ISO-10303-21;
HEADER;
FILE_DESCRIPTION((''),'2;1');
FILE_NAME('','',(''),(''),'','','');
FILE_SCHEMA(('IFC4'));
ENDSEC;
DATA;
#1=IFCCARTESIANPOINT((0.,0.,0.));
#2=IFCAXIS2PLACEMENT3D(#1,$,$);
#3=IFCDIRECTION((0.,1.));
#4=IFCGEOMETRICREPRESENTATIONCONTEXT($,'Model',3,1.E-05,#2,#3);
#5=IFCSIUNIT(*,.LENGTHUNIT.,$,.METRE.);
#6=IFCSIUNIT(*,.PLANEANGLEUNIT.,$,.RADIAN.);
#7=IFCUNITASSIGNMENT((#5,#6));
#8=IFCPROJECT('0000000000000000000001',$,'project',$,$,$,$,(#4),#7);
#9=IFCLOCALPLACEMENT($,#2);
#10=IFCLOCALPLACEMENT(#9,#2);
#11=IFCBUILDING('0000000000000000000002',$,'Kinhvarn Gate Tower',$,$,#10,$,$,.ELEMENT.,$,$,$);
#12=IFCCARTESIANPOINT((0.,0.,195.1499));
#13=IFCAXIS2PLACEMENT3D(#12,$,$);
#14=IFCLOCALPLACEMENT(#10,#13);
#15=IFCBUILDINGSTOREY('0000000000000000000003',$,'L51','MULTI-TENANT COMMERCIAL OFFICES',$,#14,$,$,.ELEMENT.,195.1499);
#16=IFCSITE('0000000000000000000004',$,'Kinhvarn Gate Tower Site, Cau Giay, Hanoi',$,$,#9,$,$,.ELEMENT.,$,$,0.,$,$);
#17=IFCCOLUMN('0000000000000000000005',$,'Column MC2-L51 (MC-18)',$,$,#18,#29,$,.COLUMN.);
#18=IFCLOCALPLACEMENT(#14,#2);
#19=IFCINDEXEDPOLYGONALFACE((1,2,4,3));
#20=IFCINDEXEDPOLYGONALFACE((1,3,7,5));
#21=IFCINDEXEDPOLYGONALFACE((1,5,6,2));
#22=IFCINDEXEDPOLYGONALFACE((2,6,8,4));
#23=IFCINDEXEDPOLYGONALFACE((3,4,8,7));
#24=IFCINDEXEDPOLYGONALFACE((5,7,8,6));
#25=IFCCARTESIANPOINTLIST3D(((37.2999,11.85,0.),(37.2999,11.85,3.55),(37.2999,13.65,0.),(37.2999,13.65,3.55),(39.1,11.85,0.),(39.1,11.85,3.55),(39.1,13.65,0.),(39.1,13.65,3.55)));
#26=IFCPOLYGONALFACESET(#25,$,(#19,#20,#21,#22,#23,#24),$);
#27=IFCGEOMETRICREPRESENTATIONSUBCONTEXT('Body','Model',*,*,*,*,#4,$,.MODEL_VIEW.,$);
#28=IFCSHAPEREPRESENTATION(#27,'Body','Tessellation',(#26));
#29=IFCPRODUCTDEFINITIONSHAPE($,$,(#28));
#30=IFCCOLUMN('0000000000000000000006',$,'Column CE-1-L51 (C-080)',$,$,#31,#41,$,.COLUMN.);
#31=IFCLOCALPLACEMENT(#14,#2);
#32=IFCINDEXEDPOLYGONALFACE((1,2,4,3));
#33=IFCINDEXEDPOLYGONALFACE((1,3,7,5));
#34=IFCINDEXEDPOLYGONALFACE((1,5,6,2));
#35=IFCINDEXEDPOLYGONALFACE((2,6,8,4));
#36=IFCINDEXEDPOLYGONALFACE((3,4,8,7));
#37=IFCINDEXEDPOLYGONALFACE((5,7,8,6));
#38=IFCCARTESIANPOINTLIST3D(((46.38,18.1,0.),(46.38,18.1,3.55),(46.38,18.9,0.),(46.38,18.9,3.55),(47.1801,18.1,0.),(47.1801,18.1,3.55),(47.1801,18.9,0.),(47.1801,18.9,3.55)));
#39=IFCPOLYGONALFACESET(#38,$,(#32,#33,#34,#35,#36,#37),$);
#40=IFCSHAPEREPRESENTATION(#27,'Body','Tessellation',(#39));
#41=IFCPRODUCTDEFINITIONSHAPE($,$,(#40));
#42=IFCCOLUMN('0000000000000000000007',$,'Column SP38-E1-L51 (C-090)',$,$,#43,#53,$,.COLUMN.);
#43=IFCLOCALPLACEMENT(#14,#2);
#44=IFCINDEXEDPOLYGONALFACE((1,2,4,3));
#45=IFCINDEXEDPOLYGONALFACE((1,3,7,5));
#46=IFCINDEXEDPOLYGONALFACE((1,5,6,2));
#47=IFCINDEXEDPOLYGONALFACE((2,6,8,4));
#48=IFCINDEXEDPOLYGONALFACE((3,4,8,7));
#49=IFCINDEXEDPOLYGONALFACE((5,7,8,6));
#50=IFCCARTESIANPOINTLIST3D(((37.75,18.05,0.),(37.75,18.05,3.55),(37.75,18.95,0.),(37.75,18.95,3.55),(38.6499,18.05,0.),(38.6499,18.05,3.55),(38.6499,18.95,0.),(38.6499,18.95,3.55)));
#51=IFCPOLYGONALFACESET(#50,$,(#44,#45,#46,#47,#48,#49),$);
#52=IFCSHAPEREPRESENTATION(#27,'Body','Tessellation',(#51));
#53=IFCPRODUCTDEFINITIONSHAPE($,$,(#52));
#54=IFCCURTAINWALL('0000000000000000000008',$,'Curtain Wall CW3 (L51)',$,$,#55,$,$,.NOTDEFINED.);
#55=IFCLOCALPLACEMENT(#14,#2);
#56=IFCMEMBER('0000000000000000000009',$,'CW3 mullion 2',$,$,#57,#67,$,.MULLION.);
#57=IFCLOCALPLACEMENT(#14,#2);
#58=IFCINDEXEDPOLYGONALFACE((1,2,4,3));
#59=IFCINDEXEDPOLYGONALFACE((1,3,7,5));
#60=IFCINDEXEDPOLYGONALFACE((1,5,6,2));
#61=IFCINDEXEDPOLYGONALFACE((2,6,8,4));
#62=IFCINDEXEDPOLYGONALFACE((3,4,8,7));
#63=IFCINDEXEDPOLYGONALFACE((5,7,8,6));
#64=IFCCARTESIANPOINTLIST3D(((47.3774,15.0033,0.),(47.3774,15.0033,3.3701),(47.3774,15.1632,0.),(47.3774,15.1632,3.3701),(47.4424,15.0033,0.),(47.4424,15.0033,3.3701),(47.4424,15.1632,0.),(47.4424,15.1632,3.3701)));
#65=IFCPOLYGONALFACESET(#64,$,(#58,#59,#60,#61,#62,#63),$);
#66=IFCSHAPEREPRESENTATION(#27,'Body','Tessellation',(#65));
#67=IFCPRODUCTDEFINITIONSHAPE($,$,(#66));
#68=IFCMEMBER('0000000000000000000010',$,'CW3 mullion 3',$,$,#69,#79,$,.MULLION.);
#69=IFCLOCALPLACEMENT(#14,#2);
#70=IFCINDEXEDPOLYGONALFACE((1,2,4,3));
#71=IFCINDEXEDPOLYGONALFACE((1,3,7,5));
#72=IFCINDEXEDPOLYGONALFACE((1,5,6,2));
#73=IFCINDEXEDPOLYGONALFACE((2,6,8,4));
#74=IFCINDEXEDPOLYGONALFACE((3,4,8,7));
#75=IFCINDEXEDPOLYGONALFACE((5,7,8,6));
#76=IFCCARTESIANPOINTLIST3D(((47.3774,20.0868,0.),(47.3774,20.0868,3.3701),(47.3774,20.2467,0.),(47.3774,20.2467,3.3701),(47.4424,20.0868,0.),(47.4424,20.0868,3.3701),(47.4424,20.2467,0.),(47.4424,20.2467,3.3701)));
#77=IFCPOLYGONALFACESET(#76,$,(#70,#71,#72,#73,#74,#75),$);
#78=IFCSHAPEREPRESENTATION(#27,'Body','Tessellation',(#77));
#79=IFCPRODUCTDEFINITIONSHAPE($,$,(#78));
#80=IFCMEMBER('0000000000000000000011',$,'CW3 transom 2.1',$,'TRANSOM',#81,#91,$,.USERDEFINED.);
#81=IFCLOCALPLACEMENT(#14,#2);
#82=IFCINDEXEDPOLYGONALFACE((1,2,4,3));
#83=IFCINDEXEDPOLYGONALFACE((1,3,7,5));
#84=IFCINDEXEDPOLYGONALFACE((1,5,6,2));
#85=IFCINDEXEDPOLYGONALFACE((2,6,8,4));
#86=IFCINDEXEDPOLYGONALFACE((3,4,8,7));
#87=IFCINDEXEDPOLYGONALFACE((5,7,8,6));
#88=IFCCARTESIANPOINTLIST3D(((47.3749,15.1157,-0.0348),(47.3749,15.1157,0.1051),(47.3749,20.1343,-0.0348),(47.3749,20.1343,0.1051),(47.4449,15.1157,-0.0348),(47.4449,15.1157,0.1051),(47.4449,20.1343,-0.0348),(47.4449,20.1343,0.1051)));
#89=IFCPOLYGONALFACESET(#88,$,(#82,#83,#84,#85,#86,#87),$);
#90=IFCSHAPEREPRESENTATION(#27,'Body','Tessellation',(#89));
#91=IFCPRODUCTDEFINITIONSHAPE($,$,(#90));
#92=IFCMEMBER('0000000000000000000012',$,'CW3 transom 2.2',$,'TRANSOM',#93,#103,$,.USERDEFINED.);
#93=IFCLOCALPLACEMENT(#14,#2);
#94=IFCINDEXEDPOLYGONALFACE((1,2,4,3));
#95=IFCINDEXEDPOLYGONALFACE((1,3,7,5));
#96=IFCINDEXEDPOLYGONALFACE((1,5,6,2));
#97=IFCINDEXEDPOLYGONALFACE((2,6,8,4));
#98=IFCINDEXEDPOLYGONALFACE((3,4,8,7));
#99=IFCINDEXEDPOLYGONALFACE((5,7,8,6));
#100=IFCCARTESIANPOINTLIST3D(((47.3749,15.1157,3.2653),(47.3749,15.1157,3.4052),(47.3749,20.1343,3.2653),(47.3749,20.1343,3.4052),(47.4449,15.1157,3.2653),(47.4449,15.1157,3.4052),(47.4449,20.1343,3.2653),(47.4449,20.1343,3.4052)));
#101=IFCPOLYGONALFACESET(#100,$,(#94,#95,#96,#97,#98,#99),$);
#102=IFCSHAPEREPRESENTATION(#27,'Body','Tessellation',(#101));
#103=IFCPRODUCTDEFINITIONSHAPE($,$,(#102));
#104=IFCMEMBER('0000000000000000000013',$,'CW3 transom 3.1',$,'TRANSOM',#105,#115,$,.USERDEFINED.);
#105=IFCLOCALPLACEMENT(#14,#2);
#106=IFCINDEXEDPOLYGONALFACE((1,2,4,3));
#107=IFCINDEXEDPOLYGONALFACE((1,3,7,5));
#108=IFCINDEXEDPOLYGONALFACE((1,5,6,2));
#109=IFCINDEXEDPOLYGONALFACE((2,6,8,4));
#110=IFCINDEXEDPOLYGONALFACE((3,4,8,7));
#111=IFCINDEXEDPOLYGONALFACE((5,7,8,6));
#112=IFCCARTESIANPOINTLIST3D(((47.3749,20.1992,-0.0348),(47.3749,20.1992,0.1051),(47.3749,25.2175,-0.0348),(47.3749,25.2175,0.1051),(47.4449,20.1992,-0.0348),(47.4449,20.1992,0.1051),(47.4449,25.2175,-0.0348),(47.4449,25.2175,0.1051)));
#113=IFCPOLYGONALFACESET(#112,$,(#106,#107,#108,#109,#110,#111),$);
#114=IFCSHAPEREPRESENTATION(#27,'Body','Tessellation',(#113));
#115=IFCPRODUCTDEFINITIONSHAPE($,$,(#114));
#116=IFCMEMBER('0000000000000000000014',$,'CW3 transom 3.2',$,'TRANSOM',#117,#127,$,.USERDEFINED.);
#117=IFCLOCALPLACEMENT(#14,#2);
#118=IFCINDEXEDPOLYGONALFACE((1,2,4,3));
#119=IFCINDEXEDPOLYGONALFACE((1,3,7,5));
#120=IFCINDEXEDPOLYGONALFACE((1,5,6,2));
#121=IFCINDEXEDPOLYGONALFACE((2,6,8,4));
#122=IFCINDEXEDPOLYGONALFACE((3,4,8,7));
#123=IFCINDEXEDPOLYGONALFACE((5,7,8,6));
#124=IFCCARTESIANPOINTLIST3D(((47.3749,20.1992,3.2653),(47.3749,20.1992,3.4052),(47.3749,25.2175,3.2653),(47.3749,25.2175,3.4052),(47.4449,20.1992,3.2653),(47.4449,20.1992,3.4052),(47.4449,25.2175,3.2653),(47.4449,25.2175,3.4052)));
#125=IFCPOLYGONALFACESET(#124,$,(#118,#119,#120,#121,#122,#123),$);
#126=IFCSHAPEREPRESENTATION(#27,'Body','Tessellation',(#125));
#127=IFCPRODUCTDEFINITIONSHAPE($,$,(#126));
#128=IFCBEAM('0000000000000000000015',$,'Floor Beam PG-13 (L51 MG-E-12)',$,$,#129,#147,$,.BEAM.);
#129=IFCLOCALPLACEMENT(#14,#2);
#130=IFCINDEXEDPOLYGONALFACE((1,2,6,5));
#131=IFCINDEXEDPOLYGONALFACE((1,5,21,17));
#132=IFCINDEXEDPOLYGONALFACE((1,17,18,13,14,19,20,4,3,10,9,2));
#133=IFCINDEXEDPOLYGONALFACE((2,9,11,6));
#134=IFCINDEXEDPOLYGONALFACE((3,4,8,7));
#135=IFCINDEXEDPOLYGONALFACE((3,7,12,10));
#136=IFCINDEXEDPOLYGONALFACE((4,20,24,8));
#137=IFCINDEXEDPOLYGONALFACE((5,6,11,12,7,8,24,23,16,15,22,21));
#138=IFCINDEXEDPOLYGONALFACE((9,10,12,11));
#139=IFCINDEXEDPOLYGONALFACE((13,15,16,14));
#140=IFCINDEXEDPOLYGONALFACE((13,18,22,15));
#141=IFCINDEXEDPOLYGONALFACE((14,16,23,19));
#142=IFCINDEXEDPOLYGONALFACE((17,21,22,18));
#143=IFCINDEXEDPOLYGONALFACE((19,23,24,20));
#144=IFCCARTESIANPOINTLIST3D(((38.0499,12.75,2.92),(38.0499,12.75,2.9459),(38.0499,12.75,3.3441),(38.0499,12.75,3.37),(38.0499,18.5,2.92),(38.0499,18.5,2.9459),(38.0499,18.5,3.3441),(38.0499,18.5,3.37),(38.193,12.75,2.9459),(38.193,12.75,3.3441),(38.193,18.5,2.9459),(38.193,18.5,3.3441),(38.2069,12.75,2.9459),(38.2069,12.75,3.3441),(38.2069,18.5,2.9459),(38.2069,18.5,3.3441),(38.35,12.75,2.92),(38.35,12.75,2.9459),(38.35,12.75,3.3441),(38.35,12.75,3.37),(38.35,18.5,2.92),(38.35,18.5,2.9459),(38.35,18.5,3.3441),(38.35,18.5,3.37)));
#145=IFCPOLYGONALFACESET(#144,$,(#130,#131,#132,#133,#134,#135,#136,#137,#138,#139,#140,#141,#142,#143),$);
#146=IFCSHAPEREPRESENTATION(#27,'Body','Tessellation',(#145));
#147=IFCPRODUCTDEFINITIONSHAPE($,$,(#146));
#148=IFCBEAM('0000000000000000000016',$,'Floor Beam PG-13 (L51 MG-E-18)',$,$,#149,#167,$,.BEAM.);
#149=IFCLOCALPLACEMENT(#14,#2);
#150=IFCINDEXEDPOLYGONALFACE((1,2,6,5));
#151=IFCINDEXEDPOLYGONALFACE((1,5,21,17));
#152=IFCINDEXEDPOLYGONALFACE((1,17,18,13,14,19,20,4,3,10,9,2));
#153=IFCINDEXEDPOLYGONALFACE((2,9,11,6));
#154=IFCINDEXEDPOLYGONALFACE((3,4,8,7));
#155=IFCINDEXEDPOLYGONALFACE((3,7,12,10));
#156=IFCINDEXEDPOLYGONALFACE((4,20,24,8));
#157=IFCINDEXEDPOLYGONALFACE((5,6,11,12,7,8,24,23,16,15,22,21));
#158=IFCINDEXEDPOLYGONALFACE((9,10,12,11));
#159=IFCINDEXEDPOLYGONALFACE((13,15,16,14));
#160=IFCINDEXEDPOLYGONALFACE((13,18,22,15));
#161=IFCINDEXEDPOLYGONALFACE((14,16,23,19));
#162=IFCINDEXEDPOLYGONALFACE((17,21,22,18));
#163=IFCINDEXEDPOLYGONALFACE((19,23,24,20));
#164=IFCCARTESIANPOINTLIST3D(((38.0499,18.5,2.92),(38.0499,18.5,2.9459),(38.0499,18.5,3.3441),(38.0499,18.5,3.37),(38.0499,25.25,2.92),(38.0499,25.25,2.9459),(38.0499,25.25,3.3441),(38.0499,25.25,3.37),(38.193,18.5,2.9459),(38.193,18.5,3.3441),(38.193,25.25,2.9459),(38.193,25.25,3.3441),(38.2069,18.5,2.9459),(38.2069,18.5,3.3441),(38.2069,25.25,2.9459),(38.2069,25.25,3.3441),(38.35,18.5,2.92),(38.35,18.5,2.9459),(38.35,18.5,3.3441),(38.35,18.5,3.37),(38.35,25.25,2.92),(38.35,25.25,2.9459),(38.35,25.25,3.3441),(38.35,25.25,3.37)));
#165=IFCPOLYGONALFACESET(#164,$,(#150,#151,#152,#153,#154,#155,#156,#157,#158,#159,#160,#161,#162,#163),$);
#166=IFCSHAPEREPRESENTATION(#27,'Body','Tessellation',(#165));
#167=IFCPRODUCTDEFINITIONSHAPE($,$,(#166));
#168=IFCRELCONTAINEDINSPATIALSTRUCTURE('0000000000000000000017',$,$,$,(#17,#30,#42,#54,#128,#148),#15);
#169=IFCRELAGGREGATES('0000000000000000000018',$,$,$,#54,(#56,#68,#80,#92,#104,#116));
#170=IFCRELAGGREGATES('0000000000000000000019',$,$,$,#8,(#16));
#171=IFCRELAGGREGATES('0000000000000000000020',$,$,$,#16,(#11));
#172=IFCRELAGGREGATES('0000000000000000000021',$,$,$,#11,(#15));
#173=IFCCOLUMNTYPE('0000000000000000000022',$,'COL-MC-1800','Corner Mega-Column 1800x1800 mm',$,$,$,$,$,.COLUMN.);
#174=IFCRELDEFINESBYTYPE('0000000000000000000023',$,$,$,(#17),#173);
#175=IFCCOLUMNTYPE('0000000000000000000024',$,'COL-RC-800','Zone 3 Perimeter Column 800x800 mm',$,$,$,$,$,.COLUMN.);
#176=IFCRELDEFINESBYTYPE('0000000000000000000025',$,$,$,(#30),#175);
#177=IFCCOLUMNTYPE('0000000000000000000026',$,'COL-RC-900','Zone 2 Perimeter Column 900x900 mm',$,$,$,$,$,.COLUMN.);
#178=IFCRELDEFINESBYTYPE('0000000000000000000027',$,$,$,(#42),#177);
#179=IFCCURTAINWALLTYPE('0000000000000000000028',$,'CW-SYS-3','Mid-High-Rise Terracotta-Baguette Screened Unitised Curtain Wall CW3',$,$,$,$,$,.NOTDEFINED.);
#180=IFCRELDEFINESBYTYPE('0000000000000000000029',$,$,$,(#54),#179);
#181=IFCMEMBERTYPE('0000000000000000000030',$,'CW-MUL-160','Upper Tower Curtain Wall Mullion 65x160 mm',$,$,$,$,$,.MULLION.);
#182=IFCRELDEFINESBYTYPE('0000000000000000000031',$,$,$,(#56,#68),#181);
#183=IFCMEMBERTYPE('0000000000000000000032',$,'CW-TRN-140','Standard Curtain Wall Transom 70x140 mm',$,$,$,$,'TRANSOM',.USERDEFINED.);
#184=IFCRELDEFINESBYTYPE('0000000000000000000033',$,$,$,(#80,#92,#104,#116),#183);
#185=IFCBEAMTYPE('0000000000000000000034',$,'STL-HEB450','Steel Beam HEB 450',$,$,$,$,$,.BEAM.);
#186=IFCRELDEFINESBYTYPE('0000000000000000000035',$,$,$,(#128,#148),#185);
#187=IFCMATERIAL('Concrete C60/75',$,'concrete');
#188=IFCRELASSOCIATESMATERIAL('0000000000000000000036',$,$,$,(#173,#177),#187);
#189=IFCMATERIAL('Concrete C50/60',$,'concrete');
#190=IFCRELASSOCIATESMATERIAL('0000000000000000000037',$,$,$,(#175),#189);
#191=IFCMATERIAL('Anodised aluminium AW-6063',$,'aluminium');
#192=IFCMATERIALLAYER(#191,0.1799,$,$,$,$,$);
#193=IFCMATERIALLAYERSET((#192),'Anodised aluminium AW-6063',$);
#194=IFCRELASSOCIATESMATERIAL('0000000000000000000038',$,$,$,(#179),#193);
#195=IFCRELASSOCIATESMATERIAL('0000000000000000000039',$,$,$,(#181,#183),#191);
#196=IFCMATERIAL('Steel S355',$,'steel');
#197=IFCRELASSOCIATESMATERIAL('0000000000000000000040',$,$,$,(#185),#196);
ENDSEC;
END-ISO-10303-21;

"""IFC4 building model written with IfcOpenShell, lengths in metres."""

from ifc_helpers import new_model, si_unit, direction, frame, origin, origin_2d, place, context, subcontext, project, spatial, rectangle, i_section, extrude, material, layer, layer_set, material_profile, profile_set, type_object, element, aggregate, save


model = new_model("IFC4")

# Units and contexts
model_context = context("Model", 3, precision=1e-05, world=origin(), true_north=direction((0.0, 1.0)))
body_context = subcontext(model_context, "Body", "Model", "MODEL_VIEW")
ifc_project = project(units=[si_unit("LENGTHUNIT", "METRE"), si_unit("PLANEANGLEUNIT", "RADIAN")], contexts=[model_context])

# Site, building, storey
site_placement = place(None, origin())
site = spatial("IfcSite", under=ifc_project, at=site_placement, Name="Kinhvarn Gate Tower Site, Cau Giay, Hanoi", CompositionType="ELEMENT", RefElevation=0.0)
building_placement = place(site_placement, origin())
building = spatial("IfcBuilding", under=site, at=building_placement, Name="Kinhvarn Gate Tower", CompositionType="ELEMENT")
storey_placement = place(building_placement, frame((0.0, 0.0, 195.1499)))
storey = spatial("IfcBuildingStorey", under=building, at=storey_placement, Name="L51", Description="MULTI-TENANT COMMERCIAL OFFICES", CompositionType="ELEMENT", Elevation=195.1499)

# Columns
ifc_material_1 = material(Name="Concrete C60/75", Category="concrete")
ifc_material_profile_1 = material_profile(ifc_material_1, rectangle(XDim=1.8, YDim=1.8, at=origin_2d()), Name="RC 1800x1800")
ifc_profile_set_1 = profile_set([ifc_material_profile_1], Name="Concrete C60/75")
column_type_1 = type_object("IfcColumnType", Name="COL-MC-1800", Description="Corner Mega-Column 1800x1800 mm", PredefinedType="COLUMN", material=ifc_profile_set_1)
column_1_placement = place(storey_placement, frame((38.2, 12.75, 0.0), z_axis=(0.0, 0.0, 1.0), x_axis=(1.0, 0.0, 0.0)))
element("IfcColumn", 1, at=column_1_placement, inside=storey, type_object=column_type_1, Name="Column MC2-L51 (MC-18)", PredefinedType="COLUMN", context=body_context, shape_type="SweptSolid", body=[
    extrude(rectangle(XDim=1.8, YDim=1.8, at=origin_2d()), origin(), (0.0, 0.0, 1.0), 3.55),
])
ifc_material_2 = material(Name="Concrete C50/60", Category="concrete")
ifc_material_profile_2 = material_profile(ifc_material_2, rectangle(XDim=0.8, YDim=0.8, at=origin_2d()), Name="RC 800x800")
ifc_profile_set_2 = profile_set([ifc_material_profile_2], Name="Concrete C50/60")
column_type_2 = type_object("IfcColumnType", Name="COL-RC-800", Description="Zone 3 Perimeter Column 800x800 mm", PredefinedType="COLUMN", material=ifc_profile_set_2)
column_2_placement = place(storey_placement, frame((46.78, 18.5, 0.0), z_axis=(0.0, 0.0, 1.0), x_axis=(1.0, 0.0, 0.0)))
element("IfcColumn", 2, at=column_2_placement, inside=storey, type_object=column_type_2, Name="Column CE-1-L51 (C-080)", PredefinedType="COLUMN", context=body_context, shape_type="SweptSolid", body=[
    extrude(rectangle(XDim=0.8, YDim=0.8, at=origin_2d()), origin(), (0.0, 0.0, 1.0), 3.55),
])
ifc_material_profile_3 = material_profile(ifc_material_1, rectangle(XDim=0.8999, YDim=0.8999, at=origin_2d()), Name="RC 900x900")
ifc_profile_set_3 = profile_set([ifc_material_profile_3], Name="Concrete C60/75")
column_type_3 = type_object("IfcColumnType", Name="COL-RC-900", Description="Zone 2 Perimeter Column 900x900 mm", PredefinedType="COLUMN", material=ifc_profile_set_3)
column_3_placement = place(storey_placement, frame((38.2, 18.5, 0.0), z_axis=(0.0, 0.0, 1.0), x_axis=(1.0, 0.0, 0.0)))
element("IfcColumn", 3, at=column_3_placement, inside=storey, type_object=column_type_3, Name="Column SP38-E1-L51 (C-090)", PredefinedType="COLUMN", context=body_context, shape_type="SweptSolid", body=[
    extrude(rectangle(XDim=0.8999, YDim=0.8999, at=origin_2d()), origin(), (0.0, 0.0, 1.0), 3.55),
])

# Curtain wall, members
ifc_material_3 = material(Name="Anodised aluminium AW-6063", Category="aluminium")
ifc_layer_1 = layer(ifc_material_3, 0.1799)
ifc_layer_set_1 = layer_set([ifc_layer_1], Name="Anodised aluminium AW-6063")
curtain_wall_type = type_object("IfcCurtainWallType", Name="CW-SYS-3", Description="Mid-High-Rise Terracotta-Baguette Screened Unitised Curtain Wall CW3", PredefinedType="NOTDEFINED", material=ifc_layer_set_1)
curtain_wall_placement = place(storey_placement, origin())
curtain_wall = element("IfcCurtainWall", 4, at=curtain_wall_placement, inside=storey, type_object=curtain_wall_type, Name="Curtain Wall CW3 (L51)", PredefinedType="NOTDEFINED")
ifc_material_profile_4 = material_profile(ifc_material_3, rectangle(XDim=0.0649, YDim=0.1599, at=origin_2d()), Name="ALU 65x160")
ifc_profile_set_4 = profile_set([ifc_material_profile_4], Name="Anodised aluminium AW-6063")
member_type_1 = type_object("IfcMemberType", Name="CW-MUL-160", Description="Upper Tower Curtain Wall Mullion 65x160 mm", PredefinedType="MULLION", material=ifc_profile_set_4)
member_1_placement = place(storey_placement, frame((47.4099, 15.0833, 0.0), z_axis=(0.0, 0.0, 1.0), x_axis=(-1.0, 0.0, 0.0)))
member_1 = element("IfcMember", 5, at=member_1_placement, type_object=member_type_1, Name="CW3 mullion 2", PredefinedType="MULLION", context=body_context, shape_type="SweptSolid", body=[
    extrude(rectangle(XDim=0.0649, YDim=0.1599, at=origin_2d()), origin(), (0.0, 0.0, 1.0), 3.3701),
])
member_2_placement = place(storey_placement, frame((47.4099, 20.1667, 0.0), z_axis=(0.0, 0.0, 1.0), x_axis=(-1.0, 0.0, 0.0)))
member_2 = element("IfcMember", 6, at=member_2_placement, type_object=member_type_1, Name="CW3 mullion 3", PredefinedType="MULLION", context=body_context, shape_type="SweptSolid", body=[
    extrude(rectangle(XDim=0.0649, YDim=0.1599, at=origin_2d()), origin(), (0.0, 0.0, 1.0), 3.3701),
])
ifc_material_profile_5 = material_profile(ifc_material_3, rectangle(XDim=0.0701, YDim=0.1399, at=origin_2d()), Name="ALU 70x140")
ifc_profile_set_5 = profile_set([ifc_material_profile_5], Name="Anodised aluminium AW-6063")
member_type_2 = type_object("IfcMemberType", Name="CW-TRN-140", Description="Standard Curtain Wall Transom 70x140 mm", ElementType="TRANSOM", PredefinedType="USERDEFINED", material=ifc_profile_set_5)
member_3_placement = place(storey_placement, frame((47.4099, 15.1157, 0.0352), z_axis=(0.0, 1.0, 0.0), x_axis=(-1.0, 0.0, 0.0)))
member_3 = element("IfcMember", 7, at=member_3_placement, type_object=member_type_2, Name="CW3 transom 2.1", ObjectType="TRANSOM", PredefinedType="USERDEFINED", context=body_context, shape_type="SweptSolid", body=[
    extrude(rectangle(XDim=0.0701, YDim=0.1399, at=origin_2d()), origin(), (0.0, 0.0, 1.0), 5.0186),
])
member_4_placement = place(storey_placement, frame((47.4099, 15.1157, 3.3352), z_axis=(0.0, 1.0, 0.0), x_axis=(-1.0, 0.0, 0.0)))
member_4 = element("IfcMember", 8, at=member_4_placement, type_object=member_type_2, Name="CW3 transom 2.2", ObjectType="TRANSOM", PredefinedType="USERDEFINED", context=body_context, shape_type="SweptSolid", body=[
    extrude(rectangle(XDim=0.0701, YDim=0.1399, at=origin_2d()), origin(), (0.0, 0.0, 1.0), 5.0186),
])
member_5_placement = place(storey_placement, frame((47.4099, 20.1992, 0.0352), z_axis=(0.0, 1.0, 0.0), x_axis=(-1.0, 0.0, 0.0)))
member_5 = element("IfcMember", 9, at=member_5_placement, type_object=member_type_2, Name="CW3 transom 3.1", ObjectType="TRANSOM", PredefinedType="USERDEFINED", context=body_context, shape_type="SweptSolid", body=[
    extrude(rectangle(XDim=0.0701, YDim=0.1399, at=origin_2d()), origin(), (0.0, 0.0, 1.0), 5.0183),
])
member_6_placement = place(storey_placement, frame((47.4099, 20.1992, 3.3352), z_axis=(0.0, 1.0, 0.0), x_axis=(-1.0, 0.0, 0.0)))
member_6 = element("IfcMember", 10, at=member_6_placement, type_object=member_type_2, Name="CW3 transom 3.2", ObjectType="TRANSOM", PredefinedType="USERDEFINED", context=body_context, shape_type="SweptSolid", body=[
    extrude(rectangle(XDim=0.0701, YDim=0.1399, at=origin_2d()), origin(), (0.0, 0.0, 1.0), 5.0183),
])

# Beams
ifc_material_4 = material(Name="Steel S355", Category="steel")
ifc_material_profile_6 = material_profile(ifc_material_4, i_section(OverallWidth=0.3, OverallDepth=0.45, WebThickness=0.0139, FlangeThickness=0.0259, at=origin_2d()), Name="HEB 450")
ifc_profile_set_6 = profile_set([ifc_material_profile_6], Name="Steel S355")
beam_type_1 = type_object("IfcBeamType", Name="STL-HEB450", Description="Steel Beam HEB 450", PredefinedType="BEAM", material=ifc_profile_set_6)
beam_1_placement = place(storey_placement, frame((38.2, 12.75, 3.145), z_axis=(0.0, 1.0, 0.0), x_axis=(-1.0, 0.0, 0.0)))
element("IfcBeam", 11, at=beam_1_placement, inside=storey, type_object=beam_type_1, Name="Floor Beam PG-13 (L51 MG-E-12)", PredefinedType="BEAM", context=body_context, shape_type="SweptSolid", body=[
    extrude(i_section(OverallWidth=0.3, OverallDepth=0.45, WebThickness=0.0139, FlangeThickness=0.0259, at=origin_2d()), origin(), (0.0, 0.0, 1.0), 5.75),
])
beam_2_placement = place(storey_placement, frame((38.2, 18.5, 3.145), z_axis=(0.0, 1.0, 0.0), x_axis=(-1.0, 0.0, 0.0)))
element("IfcBeam", 12, at=beam_2_placement, inside=storey, type_object=beam_type_1, Name="Floor Beam PG-13 (L51 MG-E-18)", PredefinedType="BEAM", context=body_context, shape_type="SweptSolid", body=[
    extrude(i_section(OverallWidth=0.3, OverallDepth=0.45, WebThickness=0.0139, FlangeThickness=0.0259, at=origin_2d()), origin(), (0.0, 0.0, 1.0), 6.75),
])

aggregate(curtain_wall, [member_1, member_2, member_3, member_4, member_5, member_6])

save(model, "model.ifc")
